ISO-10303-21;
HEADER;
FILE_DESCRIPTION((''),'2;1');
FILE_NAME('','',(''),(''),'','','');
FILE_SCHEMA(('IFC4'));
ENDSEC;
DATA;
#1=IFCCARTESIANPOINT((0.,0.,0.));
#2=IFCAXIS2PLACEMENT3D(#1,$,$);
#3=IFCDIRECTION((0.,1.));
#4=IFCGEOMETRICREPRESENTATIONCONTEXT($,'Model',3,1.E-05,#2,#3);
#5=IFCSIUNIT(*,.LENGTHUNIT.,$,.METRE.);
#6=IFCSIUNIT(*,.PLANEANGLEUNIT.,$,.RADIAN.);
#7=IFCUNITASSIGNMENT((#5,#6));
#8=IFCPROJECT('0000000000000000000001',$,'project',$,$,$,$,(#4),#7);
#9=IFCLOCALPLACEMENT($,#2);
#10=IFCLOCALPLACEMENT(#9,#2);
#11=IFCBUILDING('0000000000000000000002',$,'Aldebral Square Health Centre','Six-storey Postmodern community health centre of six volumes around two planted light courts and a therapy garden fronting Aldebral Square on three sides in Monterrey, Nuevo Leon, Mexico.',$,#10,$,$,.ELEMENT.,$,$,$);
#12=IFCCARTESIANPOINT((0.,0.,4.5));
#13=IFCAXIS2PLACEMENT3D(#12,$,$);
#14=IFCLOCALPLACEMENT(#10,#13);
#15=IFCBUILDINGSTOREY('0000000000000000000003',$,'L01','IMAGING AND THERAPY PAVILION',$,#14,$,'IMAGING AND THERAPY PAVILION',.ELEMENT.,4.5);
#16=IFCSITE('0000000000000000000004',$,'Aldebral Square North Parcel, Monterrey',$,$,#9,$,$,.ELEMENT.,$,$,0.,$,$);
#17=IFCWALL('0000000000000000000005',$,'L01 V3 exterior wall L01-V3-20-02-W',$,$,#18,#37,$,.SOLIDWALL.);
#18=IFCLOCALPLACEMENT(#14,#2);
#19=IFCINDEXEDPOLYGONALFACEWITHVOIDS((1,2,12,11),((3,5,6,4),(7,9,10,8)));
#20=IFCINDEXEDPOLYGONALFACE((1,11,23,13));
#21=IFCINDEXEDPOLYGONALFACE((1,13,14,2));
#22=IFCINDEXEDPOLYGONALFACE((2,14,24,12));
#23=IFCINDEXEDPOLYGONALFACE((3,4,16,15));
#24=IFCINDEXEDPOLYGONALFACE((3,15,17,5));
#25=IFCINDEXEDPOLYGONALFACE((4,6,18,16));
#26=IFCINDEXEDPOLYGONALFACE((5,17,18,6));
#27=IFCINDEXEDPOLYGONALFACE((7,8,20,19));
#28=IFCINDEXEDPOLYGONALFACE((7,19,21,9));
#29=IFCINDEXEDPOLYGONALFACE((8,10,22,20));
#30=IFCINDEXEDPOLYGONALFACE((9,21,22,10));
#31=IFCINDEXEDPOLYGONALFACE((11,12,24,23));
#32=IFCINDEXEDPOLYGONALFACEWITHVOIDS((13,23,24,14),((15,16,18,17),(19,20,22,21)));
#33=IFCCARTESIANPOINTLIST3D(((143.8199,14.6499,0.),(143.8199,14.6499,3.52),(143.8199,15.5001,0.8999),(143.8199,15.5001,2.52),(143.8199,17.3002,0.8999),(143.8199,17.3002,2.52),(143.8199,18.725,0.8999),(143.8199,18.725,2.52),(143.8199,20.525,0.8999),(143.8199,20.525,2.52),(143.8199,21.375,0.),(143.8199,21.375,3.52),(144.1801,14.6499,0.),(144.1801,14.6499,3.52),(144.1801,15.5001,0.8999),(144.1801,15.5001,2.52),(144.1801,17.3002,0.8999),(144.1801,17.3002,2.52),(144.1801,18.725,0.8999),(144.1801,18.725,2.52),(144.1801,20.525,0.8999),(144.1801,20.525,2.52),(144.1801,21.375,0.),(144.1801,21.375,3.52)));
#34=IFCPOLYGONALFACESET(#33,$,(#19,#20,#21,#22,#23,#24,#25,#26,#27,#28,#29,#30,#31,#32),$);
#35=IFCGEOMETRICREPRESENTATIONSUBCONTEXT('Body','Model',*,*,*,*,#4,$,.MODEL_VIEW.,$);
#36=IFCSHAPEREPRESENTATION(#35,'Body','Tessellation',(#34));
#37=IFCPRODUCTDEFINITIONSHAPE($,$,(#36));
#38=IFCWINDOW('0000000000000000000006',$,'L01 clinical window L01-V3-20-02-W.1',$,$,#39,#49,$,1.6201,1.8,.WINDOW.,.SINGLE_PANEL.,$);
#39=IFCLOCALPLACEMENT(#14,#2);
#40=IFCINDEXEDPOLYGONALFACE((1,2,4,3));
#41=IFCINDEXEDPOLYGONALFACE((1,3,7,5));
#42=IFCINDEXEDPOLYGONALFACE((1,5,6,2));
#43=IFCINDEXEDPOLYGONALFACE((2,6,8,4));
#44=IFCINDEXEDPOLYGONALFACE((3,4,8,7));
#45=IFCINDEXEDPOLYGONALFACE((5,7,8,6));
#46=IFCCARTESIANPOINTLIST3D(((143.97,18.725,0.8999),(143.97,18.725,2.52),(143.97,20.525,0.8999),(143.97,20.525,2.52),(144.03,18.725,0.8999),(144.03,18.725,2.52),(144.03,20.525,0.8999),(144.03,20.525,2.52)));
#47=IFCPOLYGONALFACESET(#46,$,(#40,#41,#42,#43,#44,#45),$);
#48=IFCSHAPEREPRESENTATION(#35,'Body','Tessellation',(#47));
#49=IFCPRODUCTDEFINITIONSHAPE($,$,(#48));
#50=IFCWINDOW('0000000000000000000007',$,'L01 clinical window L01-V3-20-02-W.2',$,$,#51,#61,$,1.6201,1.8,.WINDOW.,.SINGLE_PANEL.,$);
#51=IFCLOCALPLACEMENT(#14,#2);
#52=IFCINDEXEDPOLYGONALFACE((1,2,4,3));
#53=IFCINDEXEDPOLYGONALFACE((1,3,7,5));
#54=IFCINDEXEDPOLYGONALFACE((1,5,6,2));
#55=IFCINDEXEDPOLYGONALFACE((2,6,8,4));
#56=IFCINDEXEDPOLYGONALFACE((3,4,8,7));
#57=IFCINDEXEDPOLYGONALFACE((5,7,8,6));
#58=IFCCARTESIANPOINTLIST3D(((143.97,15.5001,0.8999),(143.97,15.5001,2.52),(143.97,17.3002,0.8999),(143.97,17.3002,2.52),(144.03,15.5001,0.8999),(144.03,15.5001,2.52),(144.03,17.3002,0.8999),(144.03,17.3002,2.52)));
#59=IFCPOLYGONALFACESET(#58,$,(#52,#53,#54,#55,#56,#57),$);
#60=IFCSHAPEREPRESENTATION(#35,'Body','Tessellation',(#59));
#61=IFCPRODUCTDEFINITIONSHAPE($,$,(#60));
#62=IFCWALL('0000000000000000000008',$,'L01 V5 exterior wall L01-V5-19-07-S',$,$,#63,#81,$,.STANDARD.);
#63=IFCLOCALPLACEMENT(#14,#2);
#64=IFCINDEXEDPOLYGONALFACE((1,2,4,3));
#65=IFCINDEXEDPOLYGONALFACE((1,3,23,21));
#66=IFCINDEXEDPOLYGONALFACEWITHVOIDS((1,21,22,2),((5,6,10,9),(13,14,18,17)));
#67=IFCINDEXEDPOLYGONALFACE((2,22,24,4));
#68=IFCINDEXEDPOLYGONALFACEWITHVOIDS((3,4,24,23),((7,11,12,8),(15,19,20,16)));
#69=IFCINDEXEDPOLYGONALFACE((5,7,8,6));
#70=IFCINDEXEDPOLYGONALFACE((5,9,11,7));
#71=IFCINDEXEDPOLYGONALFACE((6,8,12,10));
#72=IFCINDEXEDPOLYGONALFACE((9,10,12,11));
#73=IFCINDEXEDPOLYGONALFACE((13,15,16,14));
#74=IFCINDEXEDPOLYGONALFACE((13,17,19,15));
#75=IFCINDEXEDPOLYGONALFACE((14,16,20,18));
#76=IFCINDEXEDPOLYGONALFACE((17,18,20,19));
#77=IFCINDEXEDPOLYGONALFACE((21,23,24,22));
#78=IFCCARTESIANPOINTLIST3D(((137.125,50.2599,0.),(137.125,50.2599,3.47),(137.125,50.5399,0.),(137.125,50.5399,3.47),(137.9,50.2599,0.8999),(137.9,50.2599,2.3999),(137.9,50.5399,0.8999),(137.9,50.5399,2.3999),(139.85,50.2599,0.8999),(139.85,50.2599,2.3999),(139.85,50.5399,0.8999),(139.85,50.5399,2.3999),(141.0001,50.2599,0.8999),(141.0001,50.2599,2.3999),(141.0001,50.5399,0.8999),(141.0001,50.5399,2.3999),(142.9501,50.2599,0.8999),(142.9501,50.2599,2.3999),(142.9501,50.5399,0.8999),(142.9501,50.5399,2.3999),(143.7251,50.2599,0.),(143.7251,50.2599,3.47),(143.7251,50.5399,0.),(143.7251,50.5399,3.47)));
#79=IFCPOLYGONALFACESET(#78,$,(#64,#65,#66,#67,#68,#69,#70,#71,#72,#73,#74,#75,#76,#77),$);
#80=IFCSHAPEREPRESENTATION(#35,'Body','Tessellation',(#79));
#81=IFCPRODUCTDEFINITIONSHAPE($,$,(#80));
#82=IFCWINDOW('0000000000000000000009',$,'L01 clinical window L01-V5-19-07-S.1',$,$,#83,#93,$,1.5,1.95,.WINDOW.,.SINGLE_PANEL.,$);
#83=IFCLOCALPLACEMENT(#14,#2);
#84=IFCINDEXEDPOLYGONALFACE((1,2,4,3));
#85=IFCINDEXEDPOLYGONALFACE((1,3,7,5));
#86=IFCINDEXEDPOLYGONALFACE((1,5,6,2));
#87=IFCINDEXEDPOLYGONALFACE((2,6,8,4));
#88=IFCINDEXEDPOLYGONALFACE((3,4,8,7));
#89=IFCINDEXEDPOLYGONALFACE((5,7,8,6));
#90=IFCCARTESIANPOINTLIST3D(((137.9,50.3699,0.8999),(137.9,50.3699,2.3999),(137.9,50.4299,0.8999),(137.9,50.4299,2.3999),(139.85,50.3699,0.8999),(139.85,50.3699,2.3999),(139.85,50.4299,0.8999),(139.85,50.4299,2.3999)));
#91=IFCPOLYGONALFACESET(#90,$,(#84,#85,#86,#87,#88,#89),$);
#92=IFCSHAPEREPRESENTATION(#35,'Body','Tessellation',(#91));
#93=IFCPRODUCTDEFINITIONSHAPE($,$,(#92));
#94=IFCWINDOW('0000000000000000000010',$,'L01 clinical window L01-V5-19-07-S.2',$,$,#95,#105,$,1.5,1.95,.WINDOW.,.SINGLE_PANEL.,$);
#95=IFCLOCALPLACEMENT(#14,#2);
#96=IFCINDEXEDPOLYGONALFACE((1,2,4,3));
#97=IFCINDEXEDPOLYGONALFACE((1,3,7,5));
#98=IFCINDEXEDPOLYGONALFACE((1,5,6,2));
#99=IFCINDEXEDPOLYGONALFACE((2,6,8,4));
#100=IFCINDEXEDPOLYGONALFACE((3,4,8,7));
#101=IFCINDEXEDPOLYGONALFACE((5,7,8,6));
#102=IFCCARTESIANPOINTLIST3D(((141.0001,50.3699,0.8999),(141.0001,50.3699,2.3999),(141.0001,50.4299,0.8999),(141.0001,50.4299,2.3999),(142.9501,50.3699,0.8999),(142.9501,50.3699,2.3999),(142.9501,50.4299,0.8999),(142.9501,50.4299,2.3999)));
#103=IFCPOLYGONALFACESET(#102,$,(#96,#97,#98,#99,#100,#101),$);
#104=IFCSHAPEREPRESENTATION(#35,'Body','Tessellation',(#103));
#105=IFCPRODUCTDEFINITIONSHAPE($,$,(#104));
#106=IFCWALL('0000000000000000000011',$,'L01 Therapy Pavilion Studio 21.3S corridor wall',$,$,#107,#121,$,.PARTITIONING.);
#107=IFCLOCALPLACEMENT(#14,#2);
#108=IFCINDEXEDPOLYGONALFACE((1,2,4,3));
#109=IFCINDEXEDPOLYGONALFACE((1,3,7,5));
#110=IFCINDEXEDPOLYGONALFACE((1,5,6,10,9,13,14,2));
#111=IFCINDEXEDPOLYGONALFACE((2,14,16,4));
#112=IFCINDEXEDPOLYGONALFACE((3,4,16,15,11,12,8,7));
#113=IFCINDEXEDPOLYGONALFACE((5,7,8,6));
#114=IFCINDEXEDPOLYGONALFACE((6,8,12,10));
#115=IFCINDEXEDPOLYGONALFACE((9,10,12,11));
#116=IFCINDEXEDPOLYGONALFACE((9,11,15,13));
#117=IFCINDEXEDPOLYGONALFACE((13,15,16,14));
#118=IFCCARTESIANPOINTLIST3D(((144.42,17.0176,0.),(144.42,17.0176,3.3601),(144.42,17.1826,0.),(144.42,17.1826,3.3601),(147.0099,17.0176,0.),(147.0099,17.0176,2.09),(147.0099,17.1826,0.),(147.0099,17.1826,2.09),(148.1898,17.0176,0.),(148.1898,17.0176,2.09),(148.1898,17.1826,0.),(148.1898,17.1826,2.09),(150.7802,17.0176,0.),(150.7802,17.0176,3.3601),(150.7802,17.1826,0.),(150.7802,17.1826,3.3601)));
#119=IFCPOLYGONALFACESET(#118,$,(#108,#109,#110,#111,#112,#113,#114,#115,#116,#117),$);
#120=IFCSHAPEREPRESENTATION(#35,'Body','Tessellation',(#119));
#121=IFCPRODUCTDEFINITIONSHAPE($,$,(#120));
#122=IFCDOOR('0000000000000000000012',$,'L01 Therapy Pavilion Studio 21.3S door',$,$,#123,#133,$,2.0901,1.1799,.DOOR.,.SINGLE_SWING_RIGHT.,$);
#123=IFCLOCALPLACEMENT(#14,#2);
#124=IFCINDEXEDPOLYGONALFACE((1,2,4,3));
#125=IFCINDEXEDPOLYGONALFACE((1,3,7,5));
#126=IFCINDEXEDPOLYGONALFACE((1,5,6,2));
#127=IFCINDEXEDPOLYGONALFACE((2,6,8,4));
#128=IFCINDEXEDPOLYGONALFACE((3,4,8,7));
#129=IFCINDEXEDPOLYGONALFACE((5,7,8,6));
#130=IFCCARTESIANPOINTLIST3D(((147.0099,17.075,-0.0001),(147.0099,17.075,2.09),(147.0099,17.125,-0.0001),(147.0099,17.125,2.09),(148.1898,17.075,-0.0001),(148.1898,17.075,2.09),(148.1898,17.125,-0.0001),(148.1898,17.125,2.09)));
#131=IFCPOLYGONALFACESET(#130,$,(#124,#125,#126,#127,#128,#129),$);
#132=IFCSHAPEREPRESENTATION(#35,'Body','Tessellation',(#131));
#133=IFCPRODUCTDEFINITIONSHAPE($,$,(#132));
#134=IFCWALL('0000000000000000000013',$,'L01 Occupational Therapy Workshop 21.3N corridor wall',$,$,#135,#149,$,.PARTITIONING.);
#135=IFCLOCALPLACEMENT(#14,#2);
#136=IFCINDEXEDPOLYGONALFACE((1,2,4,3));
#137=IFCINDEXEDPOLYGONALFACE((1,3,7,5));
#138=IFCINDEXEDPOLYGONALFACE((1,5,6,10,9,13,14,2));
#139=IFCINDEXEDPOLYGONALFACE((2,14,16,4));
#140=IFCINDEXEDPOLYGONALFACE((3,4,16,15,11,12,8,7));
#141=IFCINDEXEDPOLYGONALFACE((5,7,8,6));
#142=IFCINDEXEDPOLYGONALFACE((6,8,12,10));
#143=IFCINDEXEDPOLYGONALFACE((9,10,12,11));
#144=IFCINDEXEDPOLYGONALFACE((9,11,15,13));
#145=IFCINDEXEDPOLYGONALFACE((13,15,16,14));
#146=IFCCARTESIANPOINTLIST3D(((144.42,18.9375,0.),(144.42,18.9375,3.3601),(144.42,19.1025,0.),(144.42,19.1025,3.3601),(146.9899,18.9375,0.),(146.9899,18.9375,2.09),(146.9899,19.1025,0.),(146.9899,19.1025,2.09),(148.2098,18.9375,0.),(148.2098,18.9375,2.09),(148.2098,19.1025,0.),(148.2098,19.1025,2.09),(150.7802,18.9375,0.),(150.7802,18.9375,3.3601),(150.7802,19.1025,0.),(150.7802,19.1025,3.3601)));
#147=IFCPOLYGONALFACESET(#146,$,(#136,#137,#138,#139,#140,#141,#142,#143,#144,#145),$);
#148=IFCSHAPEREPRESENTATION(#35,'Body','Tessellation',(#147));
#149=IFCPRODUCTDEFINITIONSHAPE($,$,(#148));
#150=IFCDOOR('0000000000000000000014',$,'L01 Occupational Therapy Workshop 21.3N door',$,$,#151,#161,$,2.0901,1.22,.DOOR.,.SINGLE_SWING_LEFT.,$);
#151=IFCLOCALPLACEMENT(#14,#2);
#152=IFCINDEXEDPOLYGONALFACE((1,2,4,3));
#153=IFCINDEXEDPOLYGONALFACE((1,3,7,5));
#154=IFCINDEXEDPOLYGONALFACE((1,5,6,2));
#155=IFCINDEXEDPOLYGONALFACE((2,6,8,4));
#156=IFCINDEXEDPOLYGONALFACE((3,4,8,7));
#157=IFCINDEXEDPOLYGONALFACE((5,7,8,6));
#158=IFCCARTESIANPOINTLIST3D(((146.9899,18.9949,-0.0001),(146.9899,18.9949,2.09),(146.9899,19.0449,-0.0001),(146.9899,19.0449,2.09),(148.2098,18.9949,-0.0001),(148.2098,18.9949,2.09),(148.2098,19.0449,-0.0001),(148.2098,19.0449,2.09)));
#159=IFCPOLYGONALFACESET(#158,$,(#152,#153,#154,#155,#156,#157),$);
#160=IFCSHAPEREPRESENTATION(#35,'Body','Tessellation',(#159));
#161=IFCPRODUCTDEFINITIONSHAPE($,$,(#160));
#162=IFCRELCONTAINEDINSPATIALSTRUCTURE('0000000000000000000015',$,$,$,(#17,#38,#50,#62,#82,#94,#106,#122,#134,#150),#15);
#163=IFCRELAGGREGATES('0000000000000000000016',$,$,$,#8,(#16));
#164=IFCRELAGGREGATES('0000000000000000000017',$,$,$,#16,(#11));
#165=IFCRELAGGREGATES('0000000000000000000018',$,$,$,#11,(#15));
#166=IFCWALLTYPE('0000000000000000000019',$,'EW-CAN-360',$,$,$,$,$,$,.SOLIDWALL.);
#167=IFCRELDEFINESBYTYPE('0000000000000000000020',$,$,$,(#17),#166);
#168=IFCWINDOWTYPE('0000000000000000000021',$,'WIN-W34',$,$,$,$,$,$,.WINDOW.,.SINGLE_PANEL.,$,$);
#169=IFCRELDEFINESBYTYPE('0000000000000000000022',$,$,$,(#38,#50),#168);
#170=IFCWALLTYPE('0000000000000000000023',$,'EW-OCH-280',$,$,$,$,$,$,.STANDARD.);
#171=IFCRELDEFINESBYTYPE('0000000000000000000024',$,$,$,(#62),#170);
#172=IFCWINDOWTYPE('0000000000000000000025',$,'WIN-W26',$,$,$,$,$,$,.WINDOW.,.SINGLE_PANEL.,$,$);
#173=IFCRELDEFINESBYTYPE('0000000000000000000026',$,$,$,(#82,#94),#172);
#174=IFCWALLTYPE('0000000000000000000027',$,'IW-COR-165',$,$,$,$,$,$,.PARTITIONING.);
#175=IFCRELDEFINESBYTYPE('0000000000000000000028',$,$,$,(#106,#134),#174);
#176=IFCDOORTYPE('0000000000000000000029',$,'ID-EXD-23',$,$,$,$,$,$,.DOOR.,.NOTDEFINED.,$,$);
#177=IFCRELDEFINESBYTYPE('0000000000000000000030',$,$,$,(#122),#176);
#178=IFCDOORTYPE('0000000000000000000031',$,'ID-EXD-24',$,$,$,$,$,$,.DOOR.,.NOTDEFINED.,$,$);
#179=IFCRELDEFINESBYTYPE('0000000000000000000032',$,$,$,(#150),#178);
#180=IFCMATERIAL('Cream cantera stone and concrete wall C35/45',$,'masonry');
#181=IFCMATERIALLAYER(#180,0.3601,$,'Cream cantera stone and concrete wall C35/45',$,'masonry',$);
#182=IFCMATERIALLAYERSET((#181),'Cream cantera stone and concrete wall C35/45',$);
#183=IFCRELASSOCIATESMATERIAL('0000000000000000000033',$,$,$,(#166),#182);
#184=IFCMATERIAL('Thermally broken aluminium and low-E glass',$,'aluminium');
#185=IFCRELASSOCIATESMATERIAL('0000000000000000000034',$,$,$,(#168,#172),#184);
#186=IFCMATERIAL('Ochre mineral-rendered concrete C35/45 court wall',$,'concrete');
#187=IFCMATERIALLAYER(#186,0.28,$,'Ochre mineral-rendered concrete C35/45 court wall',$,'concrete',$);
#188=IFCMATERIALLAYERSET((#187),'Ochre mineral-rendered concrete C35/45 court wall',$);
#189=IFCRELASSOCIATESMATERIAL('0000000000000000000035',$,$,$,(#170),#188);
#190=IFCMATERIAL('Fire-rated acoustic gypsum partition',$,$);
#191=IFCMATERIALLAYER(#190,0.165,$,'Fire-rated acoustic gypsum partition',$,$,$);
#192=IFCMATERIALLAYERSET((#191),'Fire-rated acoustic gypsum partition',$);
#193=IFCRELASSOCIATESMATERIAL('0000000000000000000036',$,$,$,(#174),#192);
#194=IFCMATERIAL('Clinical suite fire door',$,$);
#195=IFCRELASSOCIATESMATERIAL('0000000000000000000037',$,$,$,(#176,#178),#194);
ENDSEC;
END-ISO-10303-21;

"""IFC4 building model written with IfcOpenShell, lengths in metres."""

from ifc_helpers import new_model, si_unit, direction, frame, frame_2d, origin, place, context, subcontext, project, spatial, rectangle, extrude, material, layer, layer_set, type_object, element, fill, save


model = new_model("IFC4")

# Units and contexts
model_context = context("Model", 3, precision=1e-05, world=origin(), true_north=direction((0.0, 1.0)))
body_context = subcontext(model_context, "Body", "Model", "MODEL_VIEW")
ifc_project = project(units=[si_unit("LENGTHUNIT", "METRE"), si_unit("PLANEANGLEUNIT", "RADIAN")], contexts=[model_context])

# Site, building, storey
site_placement = place(None, origin())
site = spatial("IfcSite", under=ifc_project, at=site_placement, Name="Aldebral Square North Parcel, Monterrey", CompositionType="ELEMENT", RefElevation=0.0)
building_placement = place(site_placement, origin())
building = spatial("IfcBuilding", under=site, at=building_placement, Name="Aldebral Square Health Centre", Description="Six-storey Postmodern community health centre of six volumes around two planted light courts and a therapy garden fronting Aldebral Square on three sides in Monterrey, Nuevo Leon, Mexico.", CompositionType="ELEMENT")
storey_placement = place(building_placement, frame((0.0, 0.0, 4.5)))
storey = spatial("IfcBuildingStorey", under=building, at=storey_placement, Name="L01", Description="IMAGING AND THERAPY PAVILION", LongName="IMAGING AND THERAPY PAVILION", CompositionType="ELEMENT", Elevation=4.5)

# Walls, openings, windows
ifc_material_1 = material(Name="Cream cantera stone and concrete wall C35/45", Category="masonry")
ifc_material_2 = material(Name="Thermally broken aluminium and low-E glass", Category="aluminium")
ifc_layer_1 = layer(ifc_material_1, 0.3601, Name="Cream cantera stone and concrete wall C35/45", Category="masonry")
ifc_layer_set_1 = layer_set([ifc_layer_1], Name="Cream cantera stone and concrete wall C35/45")
wall_type_1 = type_object("IfcWallType", Name="EW-CAN-360", PredefinedType="SOLIDWALL", material=ifc_layer_set_1)
wall_1_placement = place(storey_placement, frame((144.0, 21.375, 0.0), z_axis=(0.0, 0.0, 1.0), x_axis=(0.0, -1.0, 0.0)))
wall_1 = element("IfcWall", 1, at=wall_1_placement, inside=storey, type_object=wall_type_1, Name="L01 V3 exterior wall L01-V3-20-02-W", PredefinedType="SOLIDWALL", context=body_context, shape_type="SweptSolid", body=[
    extrude(rectangle(XDim=6.7251, YDim=0.3601, at=frame_2d((3.3625, 0.0))), origin(), (0.0, 0.0, 1.0), 3.52),
])
opening_1_placement = place(wall_1_placement, frame((0.8501, 0.0, 0.8999)))
opening_1 = element("IfcOpeningElement", 2, at=opening_1_placement, cuts=wall_1, PredefinedType="OPENING", context=body_context, shape_type="SweptSolid", body=[
    extrude(rectangle(XDim=1.8, YDim=1.6201, at=frame_2d((0.8999, 0.8101))), frame((0.0, 0.1899, 0.0), z_axis=(0.0, -1.0, 0.0), x_axis=(1.0, 0.0, 0.0)), (0.0, 0.0, 1.0), 0.3801),
])
opening_2_placement = place(wall_1_placement, frame((4.075, 0.0, 0.8999)))
opening_2 = element("IfcOpeningElement", 3, at=opening_2_placement, cuts=wall_1, PredefinedType="OPENING", context=body_context, shape_type="SweptSolid", body=[
    extrude(rectangle(XDim=1.8, YDim=1.6201, at=frame_2d((0.8999, 0.8101))), frame((0.0, 0.1899, 0.0), z_axis=(0.0, -1.0, 0.0), x_axis=(1.0, 0.0, 0.0)), (0.0, 0.0, 1.0), 0.3801),
])
window_type_1 = type_object("IfcWindowType", Name="WIN-W34", PartitioningType="SINGLE_PANEL", PredefinedType="WINDOW", material=ifc_material_2)
window_1_placement = place(opening_1_placement, origin())
window_1 = element("IfcWindow", 4, at=window_1_placement, inside=storey, type_object=window_type_1, Name="L01 clinical window L01-V3-20-02-W.1", OverallHeight=1.6201, OverallWidth=1.8, PartitioningType="SINGLE_PANEL", PredefinedType="WINDOW", context=body_context, shape_type="SweptSolid", body=[
    extrude(rectangle(XDim=1.8, YDim=1.6201, at=frame_2d((0.8999, 0.8101))), frame((0.0, 0.03, 0.0), z_axis=(0.0, -1.0, 0.0), x_axis=(1.0, 0.0, 0.0)), (0.0, 0.0, 1.0), 0.0601),
])
fill(opening_1, window_1)
window_2_placement = place(opening_2_placement, origin())
window_2 = element("IfcWindow", 5, at=window_2_placement, inside=storey, type_object=window_type_1, Name="L01 clinical window L01-V3-20-02-W.2", OverallHeight=1.6201, OverallWidth=1.8, PartitioningType="SINGLE_PANEL", PredefinedType="WINDOW", context=body_context, shape_type="SweptSolid", body=[
    extrude(rectangle(XDim=1.8, YDim=1.6201, at=frame_2d((0.8999, 0.8101))), frame((0.0, 0.03, 0.0), z_axis=(0.0, -1.0, 0.0), x_axis=(1.0, 0.0, 0.0)), (0.0, 0.0, 1.0), 0.0601),
])
fill(opening_2, window_2)
ifc_material_3 = material(Name="Ochre mineral-rendered concrete C35/45 court wall", Category="concrete")
ifc_layer_2 = layer(ifc_material_3, 0.28, Name="Ochre mineral-rendered concrete C35/45 court wall", Category="concrete")
ifc_layer_set_2 = layer_set([ifc_layer_2], Name="Ochre mineral-rendered concrete C35/45 court wall")
wall_type_2 = type_object("IfcWallType", Name="EW-OCH-280", PredefinedType="STANDARD", material=ifc_layer_set_2)
wall_2_placement = place(storey_placement, frame((137.125, 50.3999, 0.0), z_axis=(0.0, 0.0, 1.0), x_axis=(1.0, 0.0, 0.0)))
wall_2 = element("IfcWall", 6, at=wall_2_placement, inside=storey, type_object=wall_type_2, Name="L01 V5 exterior wall L01-V5-19-07-S", PredefinedType="STANDARD", context=body_context, shape_type="SweptSolid", body=[
    extrude(rectangle(XDim=6.6001, YDim=0.28, at=frame_2d((3.3, 0.0))), origin(), (0.0, 0.0, 1.0), 3.47),
])
opening_3_placement = place(wall_2_placement, frame((0.7749, 0.0, 0.8999)))
opening_3 = element("IfcOpeningElement", 7, at=opening_3_placement, cuts=wall_2, PredefinedType="OPENING", context=body_context, shape_type="SweptSolid", body=[
    extrude(rectangle(XDim=1.95, YDim=1.5, at=frame_2d((0.9751, 0.75))), frame((0.0, 0.1499, 0.0), z_axis=(0.0, -1.0, 0.0), x_axis=(1.0, 0.0, 0.0)), (0.0, 0.0, 1.0), 0.3),
])
opening_4_placement = place(wall_2_placement, frame((3.875, 0.0, 0.8999)))
opening_4 = element("IfcOpeningElement", 8, at=opening_4_placement, cuts=wall_2, PredefinedType="OPENING", context=body_context, shape_type="SweptSolid", body=[
    extrude(rectangle(XDim=1.95, YDim=1.5, at=frame_2d((0.9751, 0.75))), frame((0.0, 0.1499, 0.0), z_axis=(0.0, -1.0, 0.0), x_axis=(1.0, 0.0, 0.0)), (0.0, 0.0, 1.0), 0.3),
])
window_type_2 = type_object("IfcWindowType", Name="WIN-W26", PartitioningType="SINGLE_PANEL", PredefinedType="WINDOW", material=ifc_material_2)
window_3_placement = place(opening_3_placement, origin())
window_3 = element("IfcWindow", 9, at=window_3_placement, inside=storey, type_object=window_type_2, Name="L01 clinical window L01-V5-19-07-S.1", OverallHeight=1.5, OverallWidth=1.95, PartitioningType="SINGLE_PANEL", PredefinedType="WINDOW", context=body_context, shape_type="SweptSolid", body=[
    extrude(rectangle(XDim=1.95, YDim=1.5, at=frame_2d((0.9751, 0.75))), frame((0.0, 0.03, 0.0), z_axis=(0.0, -1.0, 0.0), x_axis=(1.0, 0.0, 0.0)), (0.0, 0.0, 1.0), 0.0601),
])
fill(opening_3, window_3)
window_4_placement = place(opening_4_placement, origin())
window_4 = element("IfcWindow", 10, at=window_4_placement, inside=storey, type_object=window_type_2, Name="L01 clinical window L01-V5-19-07-S.2", OverallHeight=1.5, OverallWidth=1.95, PartitioningType="SINGLE_PANEL", PredefinedType="WINDOW", context=body_context, shape_type="SweptSolid", body=[
    extrude(rectangle(XDim=1.95, YDim=1.5, at=frame_2d((0.9751, 0.75))), frame((0.0, 0.03, 0.0), z_axis=(0.0, -1.0, 0.0), x_axis=(1.0, 0.0, 0.0)), (0.0, 0.0, 1.0), 0.0601),
])
fill(opening_4, window_4)

# Walls, openings, doors
ifc_material_4 = material(Name="Fire-rated acoustic gypsum partition")
ifc_layer_3 = layer(ifc_material_4, 0.165, Name="Fire-rated acoustic gypsum partition")
ifc_layer_set_3 = layer_set([ifc_layer_3], Name="Fire-rated acoustic gypsum partition")
wall_type_3 = type_object("IfcWallType", Name="IW-COR-165", PredefinedType="PARTITIONING", material=ifc_layer_set_3)
wall_3_placement = place(storey_placement, frame((144.4199, 17.1001, 0.0), z_axis=(0.0, 0.0, 1.0), x_axis=(1.0, 0.0, 0.0)))
wall_3 = element("IfcWall", 11, at=wall_3_placement, inside=storey, type_object=wall_type_3, Name="L01 Therapy Pavilion Studio 21.3S corridor wall", PredefinedType="PARTITIONING", context=body_context, shape_type="SweptSolid", body=[
    extrude(rectangle(XDim=6.3601, YDim=0.165, at=frame_2d((3.1802, 0.0))), origin(), (0.0, 0.0, 1.0), 3.3601),
])
opening_5_placement = place(wall_3_placement, frame((2.5901, 0.0, 0.0)))
opening_5 = element("IfcOpeningElement", 12, at=opening_5_placement, cuts=wall_3, PredefinedType="OPENING", context=body_context, shape_type="SweptSolid", body=[
    extrude(rectangle(XDim=1.1799, YDim=2.0901, at=frame_2d((0.5898, 1.0449))), frame((0.0, 0.0925, 0.0), z_axis=(0.0, -1.0, 0.0), x_axis=(1.0, 0.0, 0.0)), (0.0, 0.0, 1.0), 0.1851),
])
ifc_material_5 = material(Name="Clinical suite fire door")
door_type_1 = type_object("IfcDoorType", Name="ID-EXD-23", OperationType="NOTDEFINED", PredefinedType="DOOR", material=ifc_material_5)
door_1_placement = place(opening_5_placement, origin())
door_1 = element("IfcDoor", 13, at=door_1_placement, inside=storey, type_object=door_type_1, Name="L01 Therapy Pavilion Studio 21.3S door", OperationType="SINGLE_SWING_RIGHT", OverallHeight=2.0901, OverallWidth=1.1799, PredefinedType="DOOR", context=body_context, shape_type="SweptSolid", body=[
    extrude(rectangle(XDim=1.1799, YDim=2.0901, at=frame_2d((0.5898, 1.0449))), frame((0.0, 0.0249, 0.0), z_axis=(0.0, -1.0, 0.0), x_axis=(1.0, 0.0, 0.0)), (0.0, 0.0, 1.0), 0.05),
])
fill(opening_5, door_1)
wall_4_placement = place(storey_placement, frame((144.4199, 19.02, 0.0), z_axis=(0.0, 0.0, 1.0), x_axis=(1.0, 0.0, 0.0)))
wall_4 = element("IfcWall", 14, at=wall_4_placement, inside=storey, type_object=wall_type_3, Name="L01 Occupational Therapy Workshop 21.3N corridor wall", PredefinedType="PARTITIONING", context=body_context, shape_type="SweptSolid", body=[
    extrude(rectangle(XDim=6.3601, YDim=0.165, at=frame_2d((3.1802, 0.0))), origin(), (0.0, 0.0, 1.0), 3.3601),
])
opening_6_placement = place(wall_4_placement, frame((2.5701, 0.0, 0.0)))
opening_6 = element("IfcOpeningElement", 15, at=opening_6_placement, cuts=wall_4, PredefinedType="OPENING", context=body_context, shape_type="SweptSolid", body=[
    extrude(rectangle(XDim=1.22, YDim=2.0901, at=frame_2d((0.6099, 1.0449))), frame((0.0, 0.0925, 0.0), z_axis=(0.0, -1.0, 0.0), x_axis=(1.0, 0.0, 0.0)), (0.0, 0.0, 1.0), 0.1851),
])
door_type_2 = type_object("IfcDoorType", Name="ID-EXD-24", OperationType="NOTDEFINED", PredefinedType="DOOR", material=ifc_material_5)
door_2_placement = place(opening_6_placement, origin())
door_2 = element("IfcDoor", 16, at=door_2_placement, inside=storey, type_object=door_type_2, Name="L01 Occupational Therapy Workshop 21.3N door", OperationType="SINGLE_SWING_LEFT", OverallHeight=2.0901, OverallWidth=1.22, PredefinedType="DOOR", context=body_context, shape_type="SweptSolid", body=[
    extrude(rectangle(XDim=1.22, YDim=2.0901, at=frame_2d((0.6099, 1.0449))), frame((0.0, 0.0249, 0.0), z_axis=(0.0, -1.0, 0.0), x_axis=(1.0, 0.0, 0.0)), (0.0, 0.0, 1.0), 0.05),
])
fill(opening_6, door_2)

save(model, "model.ifc")
